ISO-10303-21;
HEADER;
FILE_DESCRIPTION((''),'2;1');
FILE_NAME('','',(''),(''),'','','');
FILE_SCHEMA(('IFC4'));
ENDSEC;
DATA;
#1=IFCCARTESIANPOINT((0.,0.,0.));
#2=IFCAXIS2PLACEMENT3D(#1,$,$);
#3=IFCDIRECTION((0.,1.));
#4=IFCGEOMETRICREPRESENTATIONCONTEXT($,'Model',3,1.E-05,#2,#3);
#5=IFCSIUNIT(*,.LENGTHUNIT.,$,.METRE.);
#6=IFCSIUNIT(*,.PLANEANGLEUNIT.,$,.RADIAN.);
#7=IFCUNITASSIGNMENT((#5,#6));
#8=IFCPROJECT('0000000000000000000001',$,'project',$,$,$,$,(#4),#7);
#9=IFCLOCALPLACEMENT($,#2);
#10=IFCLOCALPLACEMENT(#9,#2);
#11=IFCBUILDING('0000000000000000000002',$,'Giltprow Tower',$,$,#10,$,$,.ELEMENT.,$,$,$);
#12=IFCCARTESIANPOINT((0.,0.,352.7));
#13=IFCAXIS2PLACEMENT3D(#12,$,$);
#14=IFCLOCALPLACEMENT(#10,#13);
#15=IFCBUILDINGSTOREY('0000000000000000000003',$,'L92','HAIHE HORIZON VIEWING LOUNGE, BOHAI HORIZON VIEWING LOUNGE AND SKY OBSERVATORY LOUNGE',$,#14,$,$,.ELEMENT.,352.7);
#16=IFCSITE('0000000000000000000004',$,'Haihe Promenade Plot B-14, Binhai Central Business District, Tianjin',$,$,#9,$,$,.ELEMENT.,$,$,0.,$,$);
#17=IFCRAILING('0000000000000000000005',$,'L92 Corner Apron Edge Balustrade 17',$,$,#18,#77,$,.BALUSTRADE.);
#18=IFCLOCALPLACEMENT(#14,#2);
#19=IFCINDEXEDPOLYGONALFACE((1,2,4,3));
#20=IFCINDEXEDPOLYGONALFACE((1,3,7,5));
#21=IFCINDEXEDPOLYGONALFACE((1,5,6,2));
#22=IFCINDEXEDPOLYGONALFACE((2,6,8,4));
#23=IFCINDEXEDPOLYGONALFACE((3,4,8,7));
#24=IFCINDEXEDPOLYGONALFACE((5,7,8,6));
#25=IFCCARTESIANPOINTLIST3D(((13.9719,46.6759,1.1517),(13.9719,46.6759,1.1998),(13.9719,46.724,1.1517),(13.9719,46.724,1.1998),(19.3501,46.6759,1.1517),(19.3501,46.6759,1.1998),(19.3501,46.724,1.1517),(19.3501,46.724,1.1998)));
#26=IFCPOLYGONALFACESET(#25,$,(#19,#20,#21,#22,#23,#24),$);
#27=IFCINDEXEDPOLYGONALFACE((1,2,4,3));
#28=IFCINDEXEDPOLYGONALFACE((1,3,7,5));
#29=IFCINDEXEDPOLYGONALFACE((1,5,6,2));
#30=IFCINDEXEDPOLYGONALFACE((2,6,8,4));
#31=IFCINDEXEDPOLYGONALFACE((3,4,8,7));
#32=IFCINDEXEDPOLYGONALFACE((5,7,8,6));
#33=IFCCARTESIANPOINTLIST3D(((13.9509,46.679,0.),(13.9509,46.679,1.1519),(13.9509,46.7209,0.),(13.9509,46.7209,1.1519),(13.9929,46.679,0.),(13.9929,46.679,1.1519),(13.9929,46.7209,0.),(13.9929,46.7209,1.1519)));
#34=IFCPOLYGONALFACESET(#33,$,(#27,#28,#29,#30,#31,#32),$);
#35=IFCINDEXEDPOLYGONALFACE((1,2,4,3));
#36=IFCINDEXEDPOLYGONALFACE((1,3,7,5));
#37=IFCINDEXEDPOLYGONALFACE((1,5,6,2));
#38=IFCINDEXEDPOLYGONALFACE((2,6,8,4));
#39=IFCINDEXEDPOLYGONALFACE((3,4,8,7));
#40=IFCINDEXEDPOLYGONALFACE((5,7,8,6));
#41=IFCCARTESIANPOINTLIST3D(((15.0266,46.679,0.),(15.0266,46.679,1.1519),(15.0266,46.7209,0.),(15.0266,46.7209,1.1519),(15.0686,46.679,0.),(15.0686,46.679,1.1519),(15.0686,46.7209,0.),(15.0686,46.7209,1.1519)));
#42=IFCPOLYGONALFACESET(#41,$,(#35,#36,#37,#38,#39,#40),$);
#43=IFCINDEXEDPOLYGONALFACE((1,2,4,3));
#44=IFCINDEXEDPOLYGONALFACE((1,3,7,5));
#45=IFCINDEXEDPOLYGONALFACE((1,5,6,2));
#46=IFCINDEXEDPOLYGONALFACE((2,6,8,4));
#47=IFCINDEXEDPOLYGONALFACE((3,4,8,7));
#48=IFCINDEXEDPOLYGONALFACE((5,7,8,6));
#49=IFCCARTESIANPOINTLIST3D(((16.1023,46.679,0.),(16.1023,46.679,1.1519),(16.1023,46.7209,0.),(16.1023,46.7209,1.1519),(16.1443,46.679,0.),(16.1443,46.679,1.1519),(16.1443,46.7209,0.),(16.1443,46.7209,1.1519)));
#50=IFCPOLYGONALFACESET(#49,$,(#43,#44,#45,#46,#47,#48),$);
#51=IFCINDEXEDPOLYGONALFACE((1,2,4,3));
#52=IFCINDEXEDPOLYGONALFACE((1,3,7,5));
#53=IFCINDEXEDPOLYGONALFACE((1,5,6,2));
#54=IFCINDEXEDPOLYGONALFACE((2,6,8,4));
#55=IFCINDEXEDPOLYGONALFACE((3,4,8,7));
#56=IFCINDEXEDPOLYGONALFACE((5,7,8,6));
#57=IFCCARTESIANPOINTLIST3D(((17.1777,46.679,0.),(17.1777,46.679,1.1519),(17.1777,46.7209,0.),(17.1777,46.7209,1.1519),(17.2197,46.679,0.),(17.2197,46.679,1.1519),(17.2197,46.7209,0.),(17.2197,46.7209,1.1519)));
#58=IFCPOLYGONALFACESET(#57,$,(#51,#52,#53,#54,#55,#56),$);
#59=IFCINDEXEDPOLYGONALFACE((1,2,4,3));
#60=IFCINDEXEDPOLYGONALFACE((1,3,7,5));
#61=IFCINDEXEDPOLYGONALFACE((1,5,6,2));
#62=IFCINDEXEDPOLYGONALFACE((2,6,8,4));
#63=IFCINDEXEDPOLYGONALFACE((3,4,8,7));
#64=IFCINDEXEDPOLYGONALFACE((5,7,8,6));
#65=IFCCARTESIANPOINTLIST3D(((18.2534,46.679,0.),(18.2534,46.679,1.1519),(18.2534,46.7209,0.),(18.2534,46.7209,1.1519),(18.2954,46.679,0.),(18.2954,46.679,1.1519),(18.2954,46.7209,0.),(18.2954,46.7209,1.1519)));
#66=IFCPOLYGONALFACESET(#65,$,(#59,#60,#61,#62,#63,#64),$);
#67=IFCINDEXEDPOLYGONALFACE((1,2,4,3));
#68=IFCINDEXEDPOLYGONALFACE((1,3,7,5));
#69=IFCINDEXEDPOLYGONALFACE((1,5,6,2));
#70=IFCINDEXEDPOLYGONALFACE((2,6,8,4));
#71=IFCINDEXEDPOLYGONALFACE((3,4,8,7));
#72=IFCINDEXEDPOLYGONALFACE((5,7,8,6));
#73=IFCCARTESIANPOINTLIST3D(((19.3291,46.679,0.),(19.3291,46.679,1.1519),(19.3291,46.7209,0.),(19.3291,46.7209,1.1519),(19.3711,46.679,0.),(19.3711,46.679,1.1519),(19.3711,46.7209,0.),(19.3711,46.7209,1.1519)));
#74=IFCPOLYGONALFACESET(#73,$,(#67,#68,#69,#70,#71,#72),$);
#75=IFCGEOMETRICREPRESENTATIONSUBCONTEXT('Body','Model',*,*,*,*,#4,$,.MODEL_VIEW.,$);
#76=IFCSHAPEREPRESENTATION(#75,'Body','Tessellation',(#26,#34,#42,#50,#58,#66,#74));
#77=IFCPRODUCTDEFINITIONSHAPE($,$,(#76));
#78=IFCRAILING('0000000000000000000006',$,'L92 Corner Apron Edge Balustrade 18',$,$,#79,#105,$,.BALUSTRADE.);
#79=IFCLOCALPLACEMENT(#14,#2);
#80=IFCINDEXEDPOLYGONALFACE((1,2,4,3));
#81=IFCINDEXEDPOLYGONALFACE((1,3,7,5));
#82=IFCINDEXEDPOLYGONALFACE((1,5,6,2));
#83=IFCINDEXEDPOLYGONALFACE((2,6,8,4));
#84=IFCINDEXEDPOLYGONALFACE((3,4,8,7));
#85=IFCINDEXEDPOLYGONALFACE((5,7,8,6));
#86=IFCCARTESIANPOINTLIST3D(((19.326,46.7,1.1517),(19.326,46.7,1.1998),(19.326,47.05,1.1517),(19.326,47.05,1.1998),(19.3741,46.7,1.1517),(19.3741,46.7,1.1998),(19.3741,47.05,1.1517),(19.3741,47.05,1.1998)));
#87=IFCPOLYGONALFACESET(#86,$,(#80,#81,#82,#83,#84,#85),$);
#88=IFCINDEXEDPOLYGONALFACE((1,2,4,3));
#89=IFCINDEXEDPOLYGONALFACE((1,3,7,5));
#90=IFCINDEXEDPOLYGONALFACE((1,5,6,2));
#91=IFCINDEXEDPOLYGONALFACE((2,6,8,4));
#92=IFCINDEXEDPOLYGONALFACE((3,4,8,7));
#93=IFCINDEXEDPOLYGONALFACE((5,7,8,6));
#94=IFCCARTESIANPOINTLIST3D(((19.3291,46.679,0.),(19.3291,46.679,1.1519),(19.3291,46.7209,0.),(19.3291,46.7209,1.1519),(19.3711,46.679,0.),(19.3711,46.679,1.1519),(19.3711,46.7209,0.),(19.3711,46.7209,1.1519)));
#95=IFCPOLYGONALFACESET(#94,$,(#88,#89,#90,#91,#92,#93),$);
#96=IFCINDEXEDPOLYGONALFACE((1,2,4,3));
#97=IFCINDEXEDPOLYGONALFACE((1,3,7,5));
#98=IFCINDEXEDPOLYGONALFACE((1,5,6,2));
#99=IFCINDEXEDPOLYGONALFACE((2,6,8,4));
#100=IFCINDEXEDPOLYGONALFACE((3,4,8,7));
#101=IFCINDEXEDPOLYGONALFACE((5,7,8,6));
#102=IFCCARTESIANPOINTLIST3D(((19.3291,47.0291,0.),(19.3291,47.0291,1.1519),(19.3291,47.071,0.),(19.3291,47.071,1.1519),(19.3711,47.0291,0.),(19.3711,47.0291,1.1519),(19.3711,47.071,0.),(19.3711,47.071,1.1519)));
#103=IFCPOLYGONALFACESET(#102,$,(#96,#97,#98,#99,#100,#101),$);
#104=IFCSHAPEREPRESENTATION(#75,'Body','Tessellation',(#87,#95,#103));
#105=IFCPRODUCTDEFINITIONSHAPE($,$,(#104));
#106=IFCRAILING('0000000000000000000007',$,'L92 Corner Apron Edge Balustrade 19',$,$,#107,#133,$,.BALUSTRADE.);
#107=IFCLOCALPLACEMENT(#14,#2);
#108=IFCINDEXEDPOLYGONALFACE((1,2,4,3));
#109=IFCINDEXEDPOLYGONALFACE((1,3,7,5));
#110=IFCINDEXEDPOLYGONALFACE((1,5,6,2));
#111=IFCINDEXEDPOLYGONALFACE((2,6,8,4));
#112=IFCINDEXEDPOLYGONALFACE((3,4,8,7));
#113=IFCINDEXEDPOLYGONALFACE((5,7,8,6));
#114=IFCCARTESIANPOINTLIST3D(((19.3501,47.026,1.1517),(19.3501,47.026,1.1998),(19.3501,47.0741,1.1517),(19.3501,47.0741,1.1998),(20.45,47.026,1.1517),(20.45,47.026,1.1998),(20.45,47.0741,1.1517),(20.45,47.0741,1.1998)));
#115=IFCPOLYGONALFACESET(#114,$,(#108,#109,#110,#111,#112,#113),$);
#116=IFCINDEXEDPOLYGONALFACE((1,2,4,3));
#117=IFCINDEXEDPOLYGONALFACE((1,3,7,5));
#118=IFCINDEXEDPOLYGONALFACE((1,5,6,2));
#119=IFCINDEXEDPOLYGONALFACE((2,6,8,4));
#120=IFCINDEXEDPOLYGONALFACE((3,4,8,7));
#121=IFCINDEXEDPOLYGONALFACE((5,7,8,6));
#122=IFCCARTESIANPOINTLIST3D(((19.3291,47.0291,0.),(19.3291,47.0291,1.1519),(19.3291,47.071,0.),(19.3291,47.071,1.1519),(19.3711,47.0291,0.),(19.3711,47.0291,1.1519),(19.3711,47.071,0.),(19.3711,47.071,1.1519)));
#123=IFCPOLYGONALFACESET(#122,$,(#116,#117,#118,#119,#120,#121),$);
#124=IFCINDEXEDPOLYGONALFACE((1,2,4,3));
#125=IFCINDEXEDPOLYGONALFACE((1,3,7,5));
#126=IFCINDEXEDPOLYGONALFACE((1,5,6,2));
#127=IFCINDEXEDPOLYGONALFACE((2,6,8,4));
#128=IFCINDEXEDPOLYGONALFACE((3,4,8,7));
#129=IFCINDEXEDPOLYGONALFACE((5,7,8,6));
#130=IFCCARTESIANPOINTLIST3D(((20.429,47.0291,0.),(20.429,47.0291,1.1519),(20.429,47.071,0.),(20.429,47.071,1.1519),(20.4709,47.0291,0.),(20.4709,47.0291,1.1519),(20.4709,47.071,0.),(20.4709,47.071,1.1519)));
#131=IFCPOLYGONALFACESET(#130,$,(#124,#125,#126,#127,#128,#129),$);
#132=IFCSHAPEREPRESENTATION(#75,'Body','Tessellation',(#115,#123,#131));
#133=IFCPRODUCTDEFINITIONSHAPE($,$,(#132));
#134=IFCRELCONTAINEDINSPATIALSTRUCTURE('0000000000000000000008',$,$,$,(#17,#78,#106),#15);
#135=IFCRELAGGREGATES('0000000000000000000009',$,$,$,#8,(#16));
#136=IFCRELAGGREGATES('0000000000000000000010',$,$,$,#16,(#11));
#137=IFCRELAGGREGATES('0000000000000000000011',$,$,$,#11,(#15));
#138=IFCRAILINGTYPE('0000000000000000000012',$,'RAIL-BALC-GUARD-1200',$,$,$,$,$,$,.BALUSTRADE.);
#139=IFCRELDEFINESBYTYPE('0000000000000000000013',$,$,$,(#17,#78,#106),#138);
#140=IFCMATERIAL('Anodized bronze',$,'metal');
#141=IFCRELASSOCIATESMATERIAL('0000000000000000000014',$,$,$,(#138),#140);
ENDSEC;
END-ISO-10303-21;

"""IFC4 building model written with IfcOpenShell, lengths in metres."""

from ifc_helpers import new_model, si_unit, direction, frame, origin, origin_2d, place, context, subcontext, project, spatial, rectangle, extrude, material, type_object, element, save


model = new_model("IFC4")

# Units and contexts
model_context = context("Model", 3, precision=1e-05, world=origin(), true_north=direction((0.0, 1.0)))
body_context = subcontext(model_context, "Body", "Model", "MODEL_VIEW")
ifc_project = project(units=[si_unit("LENGTHUNIT", "METRE"), si_unit("PLANEANGLEUNIT", "RADIAN")], contexts=[model_context])

# Site, building, storey
site_placement = place(None, origin())
site = spatial("IfcSite", under=ifc_project, at=site_placement, Name="Haihe Promenade Plot B-14, Binhai Central Business District, Tianjin", CompositionType="ELEMENT", RefElevation=0.0)
building_placement = place(site_placement, origin())
building = spatial("IfcBuilding", under=site, at=building_placement, Name="Giltprow Tower", CompositionType="ELEMENT")
storey_placement = place(building_placement, frame((0.0, 0.0, 352.7)))
storey = spatial("IfcBuildingStorey", under=building, at=storey_placement, Name="L92", Description="HAIHE HORIZON VIEWING LOUNGE, BOHAI HORIZON VIEWING LOUNGE AND SKY OBSERVATORY LOUNGE", CompositionType="ELEMENT", Elevation=352.7)

# Shared definitions
ifc_material_1 = material(Name="Anodized bronze", Category="metal")

# Railings
railing_type = type_object("IfcRailingType", Name="RAIL-BALC-GUARD-1200", PredefinedType="BALUSTRADE", material=ifc_material_1)
railing_1_placement = place(storey_placement, frame((13.9719, 46.7, 0.0)))
element("IfcRailing", 1, at=railing_1_placement, inside=storey, type_object=railing_type, Name="L92 Corner Apron Edge Balustrade 17", PredefinedType="BALUSTRADE", context=body_context, shape_type="SweptSolid", body=[
    extrude(rectangle(XDim=0.0481, YDim=0.0481, at=origin_2d()), frame((0.0, 0.0, 1.1758), z_axis=(1.0, 0.0, 0.0), x_axis=(0.0, 1.0, 0.0)), (0.0, 0.0, 1.0), 5.3782),
    extrude(rectangle(XDim=0.042, YDim=0.042, at=origin_2d()), origin(), (0.0, 0.0, 1.0), 1.1519),
    extrude(rectangle(XDim=0.042, YDim=0.042, at=origin_2d()), frame((1.0757, 0.0, 0.0)), (0.0, 0.0, 1.0), 1.1519),
    extrude(rectangle(XDim=0.042, YDim=0.042, at=origin_2d()), frame((2.1514, 0.0, 0.0)), (0.0, 0.0, 1.0), 1.1519),
    extrude(rectangle(XDim=0.042, YDim=0.042, at=origin_2d()), frame((3.2268, 0.0, 0.0)), (0.0, 0.0, 1.0), 1.1519),
    extrude(rectangle(XDim=0.042, YDim=0.042, at=origin_2d()), frame((4.3025, 0.0, 0.0)), (0.0, 0.0, 1.0), 1.1519),
    extrude(rectangle(XDim=0.042, YDim=0.042, at=origin_2d()), frame((5.3782, 0.0, 0.0)), (0.0, 0.0, 1.0), 1.1519),
])
railing_2_placement = place(storey_placement, frame((19.3501, 46.7, 0.0)))
element("IfcRailing", 2, at=railing_2_placement, inside=storey, type_object=railing_type, Name="L92 Corner Apron Edge Balustrade 18", PredefinedType="BALUSTRADE", context=body_context, shape_type="SweptSolid", body=[
    extrude(rectangle(XDim=0.0481, YDim=0.0481, at=origin_2d()), frame((0.0, 0.0, 1.1758), z_axis=(0.0, 1.0, 0.0), x_axis=(-1.0, 0.0, 0.0)), (0.0, 0.0, 1.0), 0.3501),
    extrude(rectangle(XDim=0.042, YDim=0.042, at=origin_2d()), origin(), (0.0, 0.0, 1.0), 1.1519),
    extrude(rectangle(XDim=0.042, YDim=0.042, at=origin_2d()), frame((0.0, 0.3501, 0.0)), (0.0, 0.0, 1.0), 1.1519),
])
railing_3_placement = place(storey_placement, frame((19.3501, 47.05, 0.0)))
element("IfcRailing", 3, at=railing_3_placement, inside=storey, type_object=railing_type, Name="L92 Corner Apron Edge Balustrade 19", PredefinedType="BALUSTRADE", context=body_context, shape_type="SweptSolid", body=[
    extrude(rectangle(XDim=0.0481, YDim=0.0481, at=origin_2d()), frame((0.0, 0.0, 1.1758), z_axis=(1.0, 0.0, 0.0), x_axis=(0.0, 1.0, 0.0)), (0.0, 0.0, 1.0), 1.0999),
    extrude(rectangle(XDim=0.042, YDim=0.042, at=origin_2d()), origin(), (0.0, 0.0, 1.0), 1.1519),
    extrude(rectangle(XDim=0.042, YDim=0.042, at=origin_2d()), frame((1.0999, 0.0, 0.0)), (0.0, 0.0, 1.0), 1.1519),
])

save(model, "model.ifc")
